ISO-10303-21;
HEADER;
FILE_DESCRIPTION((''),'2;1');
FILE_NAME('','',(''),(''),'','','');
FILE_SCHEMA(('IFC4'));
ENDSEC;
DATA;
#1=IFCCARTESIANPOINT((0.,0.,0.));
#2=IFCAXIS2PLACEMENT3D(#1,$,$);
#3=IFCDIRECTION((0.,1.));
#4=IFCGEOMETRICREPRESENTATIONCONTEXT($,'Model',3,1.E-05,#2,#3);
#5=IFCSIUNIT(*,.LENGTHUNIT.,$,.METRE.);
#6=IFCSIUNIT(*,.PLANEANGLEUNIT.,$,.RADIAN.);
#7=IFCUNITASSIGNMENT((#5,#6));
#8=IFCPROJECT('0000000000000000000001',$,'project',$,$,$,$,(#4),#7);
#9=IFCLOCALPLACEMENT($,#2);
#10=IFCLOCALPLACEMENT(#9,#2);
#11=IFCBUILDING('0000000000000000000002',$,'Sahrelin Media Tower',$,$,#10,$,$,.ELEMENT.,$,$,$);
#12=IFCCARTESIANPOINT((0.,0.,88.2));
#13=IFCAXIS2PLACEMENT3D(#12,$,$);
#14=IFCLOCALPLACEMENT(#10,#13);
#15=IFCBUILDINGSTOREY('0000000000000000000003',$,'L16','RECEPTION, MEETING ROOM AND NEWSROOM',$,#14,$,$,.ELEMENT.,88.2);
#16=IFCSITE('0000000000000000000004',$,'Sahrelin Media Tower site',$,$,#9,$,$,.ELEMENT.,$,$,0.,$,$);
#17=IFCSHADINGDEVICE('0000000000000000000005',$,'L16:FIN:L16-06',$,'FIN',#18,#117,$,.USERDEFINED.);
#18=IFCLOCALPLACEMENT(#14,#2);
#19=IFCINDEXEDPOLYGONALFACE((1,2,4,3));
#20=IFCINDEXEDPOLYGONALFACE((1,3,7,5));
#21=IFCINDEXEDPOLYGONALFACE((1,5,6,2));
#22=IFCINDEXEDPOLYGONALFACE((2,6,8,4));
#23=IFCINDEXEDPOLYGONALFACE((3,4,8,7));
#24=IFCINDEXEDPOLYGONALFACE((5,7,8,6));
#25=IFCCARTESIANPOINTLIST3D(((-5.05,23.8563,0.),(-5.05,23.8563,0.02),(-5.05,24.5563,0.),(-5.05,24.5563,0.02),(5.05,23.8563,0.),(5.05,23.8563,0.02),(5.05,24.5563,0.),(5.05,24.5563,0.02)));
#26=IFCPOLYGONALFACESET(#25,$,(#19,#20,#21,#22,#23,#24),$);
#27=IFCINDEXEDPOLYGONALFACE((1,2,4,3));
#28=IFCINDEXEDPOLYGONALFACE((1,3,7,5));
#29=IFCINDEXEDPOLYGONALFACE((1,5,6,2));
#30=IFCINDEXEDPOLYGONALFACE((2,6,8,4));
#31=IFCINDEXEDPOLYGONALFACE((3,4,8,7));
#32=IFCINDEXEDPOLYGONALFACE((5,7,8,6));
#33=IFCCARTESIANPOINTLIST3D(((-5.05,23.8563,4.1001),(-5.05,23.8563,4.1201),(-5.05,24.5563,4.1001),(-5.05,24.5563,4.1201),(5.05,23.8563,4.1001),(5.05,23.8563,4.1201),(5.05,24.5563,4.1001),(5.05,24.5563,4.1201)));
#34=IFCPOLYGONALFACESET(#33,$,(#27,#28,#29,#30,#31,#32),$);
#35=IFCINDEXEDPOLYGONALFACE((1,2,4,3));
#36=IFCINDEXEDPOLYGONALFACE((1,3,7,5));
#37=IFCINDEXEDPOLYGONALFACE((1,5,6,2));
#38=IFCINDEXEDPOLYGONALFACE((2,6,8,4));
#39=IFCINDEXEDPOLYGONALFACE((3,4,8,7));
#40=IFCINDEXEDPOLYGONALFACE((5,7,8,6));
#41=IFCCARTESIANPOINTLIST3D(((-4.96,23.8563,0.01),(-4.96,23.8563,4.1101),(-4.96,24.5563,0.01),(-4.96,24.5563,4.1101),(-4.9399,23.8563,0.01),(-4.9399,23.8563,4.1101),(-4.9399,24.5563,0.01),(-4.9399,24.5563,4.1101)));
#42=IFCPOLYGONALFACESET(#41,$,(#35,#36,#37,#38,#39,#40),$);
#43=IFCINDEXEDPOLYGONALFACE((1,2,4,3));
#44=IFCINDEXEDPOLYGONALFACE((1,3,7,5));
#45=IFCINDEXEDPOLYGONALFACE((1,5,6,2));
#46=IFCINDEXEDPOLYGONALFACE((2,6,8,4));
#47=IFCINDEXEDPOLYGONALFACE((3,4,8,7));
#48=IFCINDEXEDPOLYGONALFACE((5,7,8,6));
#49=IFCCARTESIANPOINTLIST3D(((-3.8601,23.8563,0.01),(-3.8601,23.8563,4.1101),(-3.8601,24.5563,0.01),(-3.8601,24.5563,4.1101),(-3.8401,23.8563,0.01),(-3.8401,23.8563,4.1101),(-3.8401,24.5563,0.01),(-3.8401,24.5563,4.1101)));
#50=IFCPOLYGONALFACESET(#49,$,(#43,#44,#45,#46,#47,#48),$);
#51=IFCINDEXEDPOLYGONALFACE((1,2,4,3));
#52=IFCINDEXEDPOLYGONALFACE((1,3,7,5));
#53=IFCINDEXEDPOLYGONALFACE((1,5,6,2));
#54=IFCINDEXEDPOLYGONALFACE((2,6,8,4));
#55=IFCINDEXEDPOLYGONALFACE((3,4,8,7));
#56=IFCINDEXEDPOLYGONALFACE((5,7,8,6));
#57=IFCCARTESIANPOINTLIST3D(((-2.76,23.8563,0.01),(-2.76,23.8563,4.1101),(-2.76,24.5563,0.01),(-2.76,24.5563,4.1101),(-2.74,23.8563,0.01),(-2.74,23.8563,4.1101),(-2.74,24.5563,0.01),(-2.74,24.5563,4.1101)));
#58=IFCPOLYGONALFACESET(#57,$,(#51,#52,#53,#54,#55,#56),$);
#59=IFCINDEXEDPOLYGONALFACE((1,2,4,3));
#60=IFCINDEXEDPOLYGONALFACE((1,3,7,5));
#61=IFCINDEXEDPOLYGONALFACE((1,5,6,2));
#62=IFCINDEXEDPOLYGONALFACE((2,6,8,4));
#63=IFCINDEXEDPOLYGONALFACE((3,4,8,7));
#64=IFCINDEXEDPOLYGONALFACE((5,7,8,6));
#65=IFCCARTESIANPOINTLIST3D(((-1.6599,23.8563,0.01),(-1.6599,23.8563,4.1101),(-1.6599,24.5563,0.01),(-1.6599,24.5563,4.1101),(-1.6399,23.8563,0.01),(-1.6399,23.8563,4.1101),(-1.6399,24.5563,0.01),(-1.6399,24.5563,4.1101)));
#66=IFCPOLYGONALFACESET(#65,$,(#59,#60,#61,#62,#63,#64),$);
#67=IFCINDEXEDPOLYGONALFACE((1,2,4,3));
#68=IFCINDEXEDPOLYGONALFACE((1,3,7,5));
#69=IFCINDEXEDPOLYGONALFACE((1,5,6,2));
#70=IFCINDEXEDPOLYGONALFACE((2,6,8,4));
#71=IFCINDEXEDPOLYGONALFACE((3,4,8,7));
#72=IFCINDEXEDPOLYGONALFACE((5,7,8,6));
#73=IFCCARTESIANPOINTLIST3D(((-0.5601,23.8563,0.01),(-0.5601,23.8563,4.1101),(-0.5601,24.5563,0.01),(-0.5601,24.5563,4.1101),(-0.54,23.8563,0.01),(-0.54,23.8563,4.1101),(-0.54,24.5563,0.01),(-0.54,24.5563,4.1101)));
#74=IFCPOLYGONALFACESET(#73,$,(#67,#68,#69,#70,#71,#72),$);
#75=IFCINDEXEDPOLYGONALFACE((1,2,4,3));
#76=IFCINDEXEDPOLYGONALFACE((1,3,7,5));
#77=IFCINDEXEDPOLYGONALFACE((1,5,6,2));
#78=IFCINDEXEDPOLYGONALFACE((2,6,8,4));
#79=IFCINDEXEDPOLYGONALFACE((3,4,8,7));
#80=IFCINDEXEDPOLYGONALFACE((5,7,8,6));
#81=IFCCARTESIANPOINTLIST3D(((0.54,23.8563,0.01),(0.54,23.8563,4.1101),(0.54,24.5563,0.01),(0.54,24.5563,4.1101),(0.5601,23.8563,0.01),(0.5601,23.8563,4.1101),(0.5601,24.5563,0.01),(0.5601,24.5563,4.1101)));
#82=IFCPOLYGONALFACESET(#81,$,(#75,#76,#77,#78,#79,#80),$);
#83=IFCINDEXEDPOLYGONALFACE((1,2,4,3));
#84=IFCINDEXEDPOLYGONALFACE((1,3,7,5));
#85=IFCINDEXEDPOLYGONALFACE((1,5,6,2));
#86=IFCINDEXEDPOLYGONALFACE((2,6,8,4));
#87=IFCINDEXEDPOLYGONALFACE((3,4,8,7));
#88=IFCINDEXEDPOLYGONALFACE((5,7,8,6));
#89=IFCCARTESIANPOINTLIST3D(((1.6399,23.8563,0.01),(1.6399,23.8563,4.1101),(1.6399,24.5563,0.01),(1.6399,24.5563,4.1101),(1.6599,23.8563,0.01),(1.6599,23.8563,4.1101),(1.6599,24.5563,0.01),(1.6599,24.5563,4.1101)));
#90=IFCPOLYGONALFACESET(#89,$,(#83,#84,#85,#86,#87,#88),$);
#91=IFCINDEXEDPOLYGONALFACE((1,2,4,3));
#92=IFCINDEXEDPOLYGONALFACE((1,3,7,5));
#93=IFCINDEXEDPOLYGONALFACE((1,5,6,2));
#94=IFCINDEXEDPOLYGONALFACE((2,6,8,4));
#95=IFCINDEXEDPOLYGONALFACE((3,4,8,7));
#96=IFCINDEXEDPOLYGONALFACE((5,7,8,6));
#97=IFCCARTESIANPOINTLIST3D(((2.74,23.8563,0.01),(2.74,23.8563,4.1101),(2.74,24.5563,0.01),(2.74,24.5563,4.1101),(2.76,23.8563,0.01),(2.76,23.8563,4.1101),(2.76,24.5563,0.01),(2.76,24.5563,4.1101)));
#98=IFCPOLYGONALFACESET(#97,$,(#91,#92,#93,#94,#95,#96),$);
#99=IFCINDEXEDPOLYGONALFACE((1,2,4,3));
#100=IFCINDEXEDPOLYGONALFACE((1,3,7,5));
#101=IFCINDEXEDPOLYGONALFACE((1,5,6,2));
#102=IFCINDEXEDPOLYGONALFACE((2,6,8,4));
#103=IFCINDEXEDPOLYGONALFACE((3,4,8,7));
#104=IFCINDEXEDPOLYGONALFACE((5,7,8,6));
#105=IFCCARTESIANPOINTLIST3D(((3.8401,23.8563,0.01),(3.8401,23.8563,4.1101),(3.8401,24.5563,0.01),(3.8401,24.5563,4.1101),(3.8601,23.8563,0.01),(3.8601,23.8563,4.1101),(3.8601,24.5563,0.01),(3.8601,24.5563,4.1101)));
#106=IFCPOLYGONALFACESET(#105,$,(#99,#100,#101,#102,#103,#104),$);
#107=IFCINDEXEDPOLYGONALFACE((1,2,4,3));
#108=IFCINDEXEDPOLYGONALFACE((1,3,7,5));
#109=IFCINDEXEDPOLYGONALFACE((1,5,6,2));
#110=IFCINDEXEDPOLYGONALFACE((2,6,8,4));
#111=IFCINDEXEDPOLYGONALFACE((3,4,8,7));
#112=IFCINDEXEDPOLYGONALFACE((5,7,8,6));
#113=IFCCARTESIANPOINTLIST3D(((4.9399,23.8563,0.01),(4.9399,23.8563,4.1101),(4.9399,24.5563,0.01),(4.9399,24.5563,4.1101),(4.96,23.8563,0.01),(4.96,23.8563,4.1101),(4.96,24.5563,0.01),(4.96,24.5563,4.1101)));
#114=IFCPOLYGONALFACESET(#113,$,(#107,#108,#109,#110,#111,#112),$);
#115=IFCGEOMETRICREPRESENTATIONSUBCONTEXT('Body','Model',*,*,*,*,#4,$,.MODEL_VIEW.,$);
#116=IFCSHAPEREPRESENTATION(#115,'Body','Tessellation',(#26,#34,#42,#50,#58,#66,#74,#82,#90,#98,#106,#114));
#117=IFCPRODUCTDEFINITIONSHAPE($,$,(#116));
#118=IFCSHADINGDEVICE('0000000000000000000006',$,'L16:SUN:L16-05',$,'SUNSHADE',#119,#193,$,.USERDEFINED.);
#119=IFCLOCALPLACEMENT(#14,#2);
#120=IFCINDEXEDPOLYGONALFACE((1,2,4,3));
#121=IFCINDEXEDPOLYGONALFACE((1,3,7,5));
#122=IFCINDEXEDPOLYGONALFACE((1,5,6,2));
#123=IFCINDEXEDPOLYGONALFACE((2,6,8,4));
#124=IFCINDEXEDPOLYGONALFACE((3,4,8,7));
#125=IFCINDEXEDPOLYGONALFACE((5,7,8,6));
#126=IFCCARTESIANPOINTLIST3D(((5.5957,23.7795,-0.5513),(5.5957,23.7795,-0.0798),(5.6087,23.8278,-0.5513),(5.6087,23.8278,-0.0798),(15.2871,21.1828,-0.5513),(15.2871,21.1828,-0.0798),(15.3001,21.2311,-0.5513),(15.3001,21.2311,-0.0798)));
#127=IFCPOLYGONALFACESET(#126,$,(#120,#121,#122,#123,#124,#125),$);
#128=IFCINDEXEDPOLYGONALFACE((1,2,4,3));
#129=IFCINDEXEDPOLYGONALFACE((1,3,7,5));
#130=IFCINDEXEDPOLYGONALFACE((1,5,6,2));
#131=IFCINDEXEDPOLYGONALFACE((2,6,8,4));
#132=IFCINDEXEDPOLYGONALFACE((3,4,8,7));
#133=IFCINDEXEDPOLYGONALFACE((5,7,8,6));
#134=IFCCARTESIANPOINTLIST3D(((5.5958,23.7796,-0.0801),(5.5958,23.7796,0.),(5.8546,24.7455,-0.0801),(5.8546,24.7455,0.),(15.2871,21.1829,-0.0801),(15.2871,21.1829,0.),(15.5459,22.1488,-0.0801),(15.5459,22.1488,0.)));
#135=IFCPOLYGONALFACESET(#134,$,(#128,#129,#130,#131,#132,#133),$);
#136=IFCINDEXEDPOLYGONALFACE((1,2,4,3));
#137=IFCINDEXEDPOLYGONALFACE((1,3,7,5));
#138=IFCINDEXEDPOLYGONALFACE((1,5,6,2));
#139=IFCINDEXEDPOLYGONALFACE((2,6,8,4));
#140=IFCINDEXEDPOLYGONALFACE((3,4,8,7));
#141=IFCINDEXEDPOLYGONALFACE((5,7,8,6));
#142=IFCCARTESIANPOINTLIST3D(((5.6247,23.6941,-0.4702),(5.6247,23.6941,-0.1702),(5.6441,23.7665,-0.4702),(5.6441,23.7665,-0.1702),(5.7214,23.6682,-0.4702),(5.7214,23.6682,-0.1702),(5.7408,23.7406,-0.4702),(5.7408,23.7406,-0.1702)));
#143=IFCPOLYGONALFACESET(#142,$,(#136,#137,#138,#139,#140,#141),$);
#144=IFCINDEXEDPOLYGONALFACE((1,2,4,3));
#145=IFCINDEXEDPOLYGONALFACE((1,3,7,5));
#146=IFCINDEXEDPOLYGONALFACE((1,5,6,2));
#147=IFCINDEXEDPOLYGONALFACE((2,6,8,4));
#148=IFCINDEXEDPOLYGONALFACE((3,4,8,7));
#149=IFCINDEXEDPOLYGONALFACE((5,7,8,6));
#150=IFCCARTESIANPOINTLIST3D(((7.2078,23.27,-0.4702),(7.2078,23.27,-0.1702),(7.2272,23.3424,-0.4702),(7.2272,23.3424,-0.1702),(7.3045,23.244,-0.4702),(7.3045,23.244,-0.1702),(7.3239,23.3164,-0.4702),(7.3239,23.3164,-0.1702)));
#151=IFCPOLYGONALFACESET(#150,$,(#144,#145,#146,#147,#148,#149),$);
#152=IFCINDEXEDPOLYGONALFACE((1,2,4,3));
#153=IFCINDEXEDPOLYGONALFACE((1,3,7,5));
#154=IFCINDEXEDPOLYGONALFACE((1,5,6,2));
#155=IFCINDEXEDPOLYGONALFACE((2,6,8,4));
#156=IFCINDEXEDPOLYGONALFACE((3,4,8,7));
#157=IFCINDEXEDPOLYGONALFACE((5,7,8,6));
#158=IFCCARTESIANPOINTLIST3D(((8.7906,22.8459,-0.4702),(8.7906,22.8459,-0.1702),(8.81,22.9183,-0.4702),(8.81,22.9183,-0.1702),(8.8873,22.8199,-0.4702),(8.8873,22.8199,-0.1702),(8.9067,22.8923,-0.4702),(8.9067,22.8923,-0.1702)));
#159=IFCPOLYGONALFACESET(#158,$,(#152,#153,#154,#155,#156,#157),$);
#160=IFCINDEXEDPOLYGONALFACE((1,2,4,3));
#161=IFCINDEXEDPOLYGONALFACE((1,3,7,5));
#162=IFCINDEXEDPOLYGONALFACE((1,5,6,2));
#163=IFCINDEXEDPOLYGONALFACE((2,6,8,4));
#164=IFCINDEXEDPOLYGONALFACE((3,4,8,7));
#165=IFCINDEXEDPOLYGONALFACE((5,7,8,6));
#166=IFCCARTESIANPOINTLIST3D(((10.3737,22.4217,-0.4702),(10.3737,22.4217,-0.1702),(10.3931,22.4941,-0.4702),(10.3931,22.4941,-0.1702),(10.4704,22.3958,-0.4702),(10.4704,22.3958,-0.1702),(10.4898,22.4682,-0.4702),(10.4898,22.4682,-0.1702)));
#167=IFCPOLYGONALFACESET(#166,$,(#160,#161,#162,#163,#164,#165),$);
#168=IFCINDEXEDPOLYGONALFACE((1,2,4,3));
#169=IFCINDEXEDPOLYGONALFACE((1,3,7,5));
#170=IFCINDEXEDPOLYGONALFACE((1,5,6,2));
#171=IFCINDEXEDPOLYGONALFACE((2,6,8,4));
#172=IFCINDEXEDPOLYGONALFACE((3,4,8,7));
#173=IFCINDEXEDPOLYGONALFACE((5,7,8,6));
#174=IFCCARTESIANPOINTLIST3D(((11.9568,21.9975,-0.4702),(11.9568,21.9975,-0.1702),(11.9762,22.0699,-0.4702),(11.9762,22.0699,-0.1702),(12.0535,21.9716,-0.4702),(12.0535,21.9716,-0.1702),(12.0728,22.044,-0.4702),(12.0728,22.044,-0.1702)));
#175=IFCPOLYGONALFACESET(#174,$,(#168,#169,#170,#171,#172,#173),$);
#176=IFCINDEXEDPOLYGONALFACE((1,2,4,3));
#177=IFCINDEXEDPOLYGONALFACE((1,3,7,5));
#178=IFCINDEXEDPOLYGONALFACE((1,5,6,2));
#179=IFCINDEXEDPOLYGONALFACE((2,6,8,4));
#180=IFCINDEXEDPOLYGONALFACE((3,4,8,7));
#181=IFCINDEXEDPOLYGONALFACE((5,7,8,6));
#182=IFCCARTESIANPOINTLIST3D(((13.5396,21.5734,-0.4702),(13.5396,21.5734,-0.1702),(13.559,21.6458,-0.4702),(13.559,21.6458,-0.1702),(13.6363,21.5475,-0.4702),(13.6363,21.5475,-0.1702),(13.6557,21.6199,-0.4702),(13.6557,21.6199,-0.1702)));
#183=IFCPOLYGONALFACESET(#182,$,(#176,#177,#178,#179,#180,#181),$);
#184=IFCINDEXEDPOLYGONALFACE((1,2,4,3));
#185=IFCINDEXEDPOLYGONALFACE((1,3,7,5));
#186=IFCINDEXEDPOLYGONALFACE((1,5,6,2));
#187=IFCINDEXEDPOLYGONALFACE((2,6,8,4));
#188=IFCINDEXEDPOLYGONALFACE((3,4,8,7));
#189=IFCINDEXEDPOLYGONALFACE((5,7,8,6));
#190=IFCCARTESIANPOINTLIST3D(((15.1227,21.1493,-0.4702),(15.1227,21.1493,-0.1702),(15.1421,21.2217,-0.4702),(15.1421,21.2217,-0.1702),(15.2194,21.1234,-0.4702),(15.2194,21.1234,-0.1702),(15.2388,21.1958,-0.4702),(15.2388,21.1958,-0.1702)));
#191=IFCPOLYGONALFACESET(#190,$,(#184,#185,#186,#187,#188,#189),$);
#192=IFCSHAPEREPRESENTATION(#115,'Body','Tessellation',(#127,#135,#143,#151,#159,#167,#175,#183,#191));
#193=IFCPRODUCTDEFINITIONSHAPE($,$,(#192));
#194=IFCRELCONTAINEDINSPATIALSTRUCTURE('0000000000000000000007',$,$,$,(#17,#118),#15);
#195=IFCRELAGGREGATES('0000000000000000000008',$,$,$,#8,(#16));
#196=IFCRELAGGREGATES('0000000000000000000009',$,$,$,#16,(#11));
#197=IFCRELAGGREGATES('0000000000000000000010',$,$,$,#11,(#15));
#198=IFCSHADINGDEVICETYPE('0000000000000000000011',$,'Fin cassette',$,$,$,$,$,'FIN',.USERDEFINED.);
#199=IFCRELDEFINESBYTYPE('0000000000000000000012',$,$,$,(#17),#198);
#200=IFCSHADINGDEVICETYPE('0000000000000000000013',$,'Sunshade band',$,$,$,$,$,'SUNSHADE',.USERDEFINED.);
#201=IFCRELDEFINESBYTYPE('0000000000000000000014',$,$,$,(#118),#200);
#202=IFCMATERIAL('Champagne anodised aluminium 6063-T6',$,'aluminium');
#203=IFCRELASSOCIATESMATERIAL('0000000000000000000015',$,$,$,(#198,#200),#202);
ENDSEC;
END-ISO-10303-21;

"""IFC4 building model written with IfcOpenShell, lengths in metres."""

from ifc_helpers import new_model, si_unit, direction, frame, origin, origin_2d, place, context, subcontext, project, spatial, rectangle, extrude, material, type_object, element, save


model = new_model("IFC4")

# Units and contexts
model_context = context("Model", 3, precision=1e-05, world=origin(), true_north=direction((0.0, 1.0)))
body_context = subcontext(model_context, "Body", "Model", "MODEL_VIEW")
ifc_project = project(units=[si_unit("LENGTHUNIT", "METRE"), si_unit("PLANEANGLEUNIT", "RADIAN")], contexts=[model_context])

# Site, building, storey
site_placement = place(None, origin())
site = spatial("IfcSite", under=ifc_project, at=site_placement, Name="Sahrelin Media Tower site", CompositionType="ELEMENT", RefElevation=0.0)
building_placement = place(site_placement, origin())
building = spatial("IfcBuilding", under=site, at=building_placement, Name="Sahrelin Media Tower", CompositionType="ELEMENT")
storey_placement = place(building_placement, frame((0.0, 0.0, 88.2)))
storey = spatial("IfcBuildingStorey", under=building, at=storey_placement, Name="L16", Description="RECEPTION, MEETING ROOM AND NEWSROOM", CompositionType="ELEMENT", Elevation=88.2)

# Shared definitions
ifc_material_1 = material(Name="Champagne anodised aluminium 6063-T6", Category="aluminium")
placement_1 = place(storey_placement, frame((0.0, 23.7864, 0.0), z_axis=(0.0, 0.0, 1.0), x_axis=(1.0, 0.0, 0.0)))

# Shading devices
shading_device_type_1 = type_object("IfcShadingDeviceType", Name="Fin cassette", ElementType="FIN", PredefinedType="USERDEFINED", material=ifc_material_1)
placement_2 = place(storey_placement, frame((10.4363, 22.4619, 0.0), z_axis=(0.0, 0.0, 1.0), x_axis=(0.965929, -0.258808, 0.0)))
element("IfcShadingDevice", 1, at=placement_1, inside=storey, type_object=shading_device_type_1, Name="L16:FIN:L16-06", ObjectType="FIN", PredefinedType="USERDEFINED", context=body_context, shape_type="SweptSolid", body=[
    extrude(rectangle(XDim=10.1001, YDim=0.7, at=origin_2d()), frame((0.0, 0.4199, 0.0)), (0.0, 0.0, 1.0), 0.02),
    extrude(rectangle(XDim=10.1001, YDim=0.7, at=origin_2d()), frame((0.0, 0.4199, 4.1001)), (0.0, 0.0, 1.0), 0.02),
    extrude(rectangle(XDim=0.02, YDim=0.7, at=origin_2d()), frame((-4.95, 0.4199, 0.01), z_axis=(0.0, 0.0, 1.0), x_axis=(1.0, 0.0, 0.0)), (0.0, 0.0, 1.0), 4.1001),
    extrude(rectangle(XDim=0.02, YDim=0.7, at=origin_2d()), frame((-3.8501, 0.4199, 0.01), z_axis=(0.0, 0.0, 1.0), x_axis=(1.0, 0.0, 0.0)), (0.0, 0.0, 1.0), 4.1001),
    extrude(rectangle(XDim=0.02, YDim=0.7, at=origin_2d()), frame((-2.75, 0.4199, 0.01), z_axis=(0.0, 0.0, 1.0), x_axis=(1.0, 0.0, 0.0)), (0.0, 0.0, 1.0), 4.1001),
    extrude(rectangle(XDim=0.02, YDim=0.7, at=origin_2d()), frame((-1.6499, 0.4199, 0.01), z_axis=(0.0, 0.0, 1.0), x_axis=(1.0, 0.0, 0.0)), (0.0, 0.0, 1.0), 4.1001),
    extrude(rectangle(XDim=0.02, YDim=0.7, at=origin_2d()), frame((-0.55, 0.4199, 0.01), z_axis=(0.0, 0.0, 1.0), x_axis=(1.0, 0.0, 0.0)), (0.0, 0.0, 1.0), 4.1001),
    extrude(rectangle(XDim=0.02, YDim=0.7, at=origin_2d()), frame((0.55, 0.4199, 0.01), z_axis=(0.0, 0.0, 1.0), x_axis=(1.0, 0.0, 0.0)), (0.0, 0.0, 1.0), 4.1001),
    extrude(rectangle(XDim=0.02, YDim=0.7, at=origin_2d()), frame((1.6499, 0.4199, 0.01), z_axis=(0.0, 0.0, 1.0), x_axis=(1.0, 0.0, 0.0)), (0.0, 0.0, 1.0), 4.1001),
    extrude(rectangle(XDim=0.02, YDim=0.7, at=origin_2d()), frame((2.75, 0.4199, 0.01), z_axis=(0.0, 0.0, 1.0), x_axis=(1.0, 0.0, 0.0)), (0.0, 0.0, 1.0), 4.1001),
    extrude(rectangle(XDim=0.02, YDim=0.7, at=origin_2d()), frame((3.8501, 0.4199, 0.01), z_axis=(0.0, 0.0, 1.0), x_axis=(1.0, 0.0, 0.0)), (0.0, 0.0, 1.0), 4.1001),
    extrude(rectangle(XDim=0.02, YDim=0.7, at=origin_2d()), frame((4.95, 0.4199, 0.01), z_axis=(0.0, 0.0, 1.0), x_axis=(1.0, 0.0, 0.0)), (0.0, 0.0, 1.0), 4.1001),
])
shading_device_type_2 = type_object("IfcShadingDeviceType", Name="Sunshade band", ElementType="SUNSHADE", PredefinedType="USERDEFINED", material=ifc_material_1)
element("IfcShadingDevice", 2, at=placement_2, inside=storey, type_object=shading_device_type_2, Name="L16:SUN:L16-05", ObjectType="SUNSHADE", PredefinedType="USERDEFINED", context=body_context, shape_type="SweptSolid", body=[
    extrude(rectangle(XDim=10.0332, YDim=0.05, at=origin_2d()), frame((0.0, 0.0449, -0.5513)), (0.0, 0.0, 1.0), 0.4714),
    extrude(rectangle(XDim=10.0332, YDim=1.0, at=origin_2d()), frame((0.0, 0.52, -0.0801)), (0.0, 0.0, 1.0), 0.0801),
    extrude(rectangle(XDim=0.1001, YDim=0.075, at=origin_2d()), frame((-4.9165, -0.0176, -0.4702)), (0.0, 0.0, 1.0), 0.3),
    extrude(rectangle(XDim=0.1001, YDim=0.075, at=origin_2d()), frame((-3.2776, -0.0176, -0.4702)), (0.0, 0.0, 1.0), 0.3),
    extrude(rectangle(XDim=0.1001, YDim=0.075, at=origin_2d()), frame((-1.6389, -0.0176, -0.4702)), (0.0, 0.0, 1.0), 0.3),
    extrude(rectangle(XDim=0.1001, YDim=0.075, at=origin_2d()), frame((0.0, -0.0176, -0.4702)), (0.0, 0.0, 1.0), 0.3),
    extrude(rectangle(XDim=0.1001, YDim=0.075, at=origin_2d()), frame((1.6389, -0.0176, -0.4702)), (0.0, 0.0, 1.0), 0.3),
    extrude(rectangle(XDim=0.1001, YDim=0.075, at=origin_2d()), frame((3.2776, -0.0176, -0.4702)), (0.0, 0.0, 1.0), 0.3),
    extrude(rectangle(XDim=0.1001, YDim=0.075, at=origin_2d()), frame((4.9165, -0.0176, -0.4702)), (0.0, 0.0, 1.0), 0.3),
])

save(model, "model.ifc")
